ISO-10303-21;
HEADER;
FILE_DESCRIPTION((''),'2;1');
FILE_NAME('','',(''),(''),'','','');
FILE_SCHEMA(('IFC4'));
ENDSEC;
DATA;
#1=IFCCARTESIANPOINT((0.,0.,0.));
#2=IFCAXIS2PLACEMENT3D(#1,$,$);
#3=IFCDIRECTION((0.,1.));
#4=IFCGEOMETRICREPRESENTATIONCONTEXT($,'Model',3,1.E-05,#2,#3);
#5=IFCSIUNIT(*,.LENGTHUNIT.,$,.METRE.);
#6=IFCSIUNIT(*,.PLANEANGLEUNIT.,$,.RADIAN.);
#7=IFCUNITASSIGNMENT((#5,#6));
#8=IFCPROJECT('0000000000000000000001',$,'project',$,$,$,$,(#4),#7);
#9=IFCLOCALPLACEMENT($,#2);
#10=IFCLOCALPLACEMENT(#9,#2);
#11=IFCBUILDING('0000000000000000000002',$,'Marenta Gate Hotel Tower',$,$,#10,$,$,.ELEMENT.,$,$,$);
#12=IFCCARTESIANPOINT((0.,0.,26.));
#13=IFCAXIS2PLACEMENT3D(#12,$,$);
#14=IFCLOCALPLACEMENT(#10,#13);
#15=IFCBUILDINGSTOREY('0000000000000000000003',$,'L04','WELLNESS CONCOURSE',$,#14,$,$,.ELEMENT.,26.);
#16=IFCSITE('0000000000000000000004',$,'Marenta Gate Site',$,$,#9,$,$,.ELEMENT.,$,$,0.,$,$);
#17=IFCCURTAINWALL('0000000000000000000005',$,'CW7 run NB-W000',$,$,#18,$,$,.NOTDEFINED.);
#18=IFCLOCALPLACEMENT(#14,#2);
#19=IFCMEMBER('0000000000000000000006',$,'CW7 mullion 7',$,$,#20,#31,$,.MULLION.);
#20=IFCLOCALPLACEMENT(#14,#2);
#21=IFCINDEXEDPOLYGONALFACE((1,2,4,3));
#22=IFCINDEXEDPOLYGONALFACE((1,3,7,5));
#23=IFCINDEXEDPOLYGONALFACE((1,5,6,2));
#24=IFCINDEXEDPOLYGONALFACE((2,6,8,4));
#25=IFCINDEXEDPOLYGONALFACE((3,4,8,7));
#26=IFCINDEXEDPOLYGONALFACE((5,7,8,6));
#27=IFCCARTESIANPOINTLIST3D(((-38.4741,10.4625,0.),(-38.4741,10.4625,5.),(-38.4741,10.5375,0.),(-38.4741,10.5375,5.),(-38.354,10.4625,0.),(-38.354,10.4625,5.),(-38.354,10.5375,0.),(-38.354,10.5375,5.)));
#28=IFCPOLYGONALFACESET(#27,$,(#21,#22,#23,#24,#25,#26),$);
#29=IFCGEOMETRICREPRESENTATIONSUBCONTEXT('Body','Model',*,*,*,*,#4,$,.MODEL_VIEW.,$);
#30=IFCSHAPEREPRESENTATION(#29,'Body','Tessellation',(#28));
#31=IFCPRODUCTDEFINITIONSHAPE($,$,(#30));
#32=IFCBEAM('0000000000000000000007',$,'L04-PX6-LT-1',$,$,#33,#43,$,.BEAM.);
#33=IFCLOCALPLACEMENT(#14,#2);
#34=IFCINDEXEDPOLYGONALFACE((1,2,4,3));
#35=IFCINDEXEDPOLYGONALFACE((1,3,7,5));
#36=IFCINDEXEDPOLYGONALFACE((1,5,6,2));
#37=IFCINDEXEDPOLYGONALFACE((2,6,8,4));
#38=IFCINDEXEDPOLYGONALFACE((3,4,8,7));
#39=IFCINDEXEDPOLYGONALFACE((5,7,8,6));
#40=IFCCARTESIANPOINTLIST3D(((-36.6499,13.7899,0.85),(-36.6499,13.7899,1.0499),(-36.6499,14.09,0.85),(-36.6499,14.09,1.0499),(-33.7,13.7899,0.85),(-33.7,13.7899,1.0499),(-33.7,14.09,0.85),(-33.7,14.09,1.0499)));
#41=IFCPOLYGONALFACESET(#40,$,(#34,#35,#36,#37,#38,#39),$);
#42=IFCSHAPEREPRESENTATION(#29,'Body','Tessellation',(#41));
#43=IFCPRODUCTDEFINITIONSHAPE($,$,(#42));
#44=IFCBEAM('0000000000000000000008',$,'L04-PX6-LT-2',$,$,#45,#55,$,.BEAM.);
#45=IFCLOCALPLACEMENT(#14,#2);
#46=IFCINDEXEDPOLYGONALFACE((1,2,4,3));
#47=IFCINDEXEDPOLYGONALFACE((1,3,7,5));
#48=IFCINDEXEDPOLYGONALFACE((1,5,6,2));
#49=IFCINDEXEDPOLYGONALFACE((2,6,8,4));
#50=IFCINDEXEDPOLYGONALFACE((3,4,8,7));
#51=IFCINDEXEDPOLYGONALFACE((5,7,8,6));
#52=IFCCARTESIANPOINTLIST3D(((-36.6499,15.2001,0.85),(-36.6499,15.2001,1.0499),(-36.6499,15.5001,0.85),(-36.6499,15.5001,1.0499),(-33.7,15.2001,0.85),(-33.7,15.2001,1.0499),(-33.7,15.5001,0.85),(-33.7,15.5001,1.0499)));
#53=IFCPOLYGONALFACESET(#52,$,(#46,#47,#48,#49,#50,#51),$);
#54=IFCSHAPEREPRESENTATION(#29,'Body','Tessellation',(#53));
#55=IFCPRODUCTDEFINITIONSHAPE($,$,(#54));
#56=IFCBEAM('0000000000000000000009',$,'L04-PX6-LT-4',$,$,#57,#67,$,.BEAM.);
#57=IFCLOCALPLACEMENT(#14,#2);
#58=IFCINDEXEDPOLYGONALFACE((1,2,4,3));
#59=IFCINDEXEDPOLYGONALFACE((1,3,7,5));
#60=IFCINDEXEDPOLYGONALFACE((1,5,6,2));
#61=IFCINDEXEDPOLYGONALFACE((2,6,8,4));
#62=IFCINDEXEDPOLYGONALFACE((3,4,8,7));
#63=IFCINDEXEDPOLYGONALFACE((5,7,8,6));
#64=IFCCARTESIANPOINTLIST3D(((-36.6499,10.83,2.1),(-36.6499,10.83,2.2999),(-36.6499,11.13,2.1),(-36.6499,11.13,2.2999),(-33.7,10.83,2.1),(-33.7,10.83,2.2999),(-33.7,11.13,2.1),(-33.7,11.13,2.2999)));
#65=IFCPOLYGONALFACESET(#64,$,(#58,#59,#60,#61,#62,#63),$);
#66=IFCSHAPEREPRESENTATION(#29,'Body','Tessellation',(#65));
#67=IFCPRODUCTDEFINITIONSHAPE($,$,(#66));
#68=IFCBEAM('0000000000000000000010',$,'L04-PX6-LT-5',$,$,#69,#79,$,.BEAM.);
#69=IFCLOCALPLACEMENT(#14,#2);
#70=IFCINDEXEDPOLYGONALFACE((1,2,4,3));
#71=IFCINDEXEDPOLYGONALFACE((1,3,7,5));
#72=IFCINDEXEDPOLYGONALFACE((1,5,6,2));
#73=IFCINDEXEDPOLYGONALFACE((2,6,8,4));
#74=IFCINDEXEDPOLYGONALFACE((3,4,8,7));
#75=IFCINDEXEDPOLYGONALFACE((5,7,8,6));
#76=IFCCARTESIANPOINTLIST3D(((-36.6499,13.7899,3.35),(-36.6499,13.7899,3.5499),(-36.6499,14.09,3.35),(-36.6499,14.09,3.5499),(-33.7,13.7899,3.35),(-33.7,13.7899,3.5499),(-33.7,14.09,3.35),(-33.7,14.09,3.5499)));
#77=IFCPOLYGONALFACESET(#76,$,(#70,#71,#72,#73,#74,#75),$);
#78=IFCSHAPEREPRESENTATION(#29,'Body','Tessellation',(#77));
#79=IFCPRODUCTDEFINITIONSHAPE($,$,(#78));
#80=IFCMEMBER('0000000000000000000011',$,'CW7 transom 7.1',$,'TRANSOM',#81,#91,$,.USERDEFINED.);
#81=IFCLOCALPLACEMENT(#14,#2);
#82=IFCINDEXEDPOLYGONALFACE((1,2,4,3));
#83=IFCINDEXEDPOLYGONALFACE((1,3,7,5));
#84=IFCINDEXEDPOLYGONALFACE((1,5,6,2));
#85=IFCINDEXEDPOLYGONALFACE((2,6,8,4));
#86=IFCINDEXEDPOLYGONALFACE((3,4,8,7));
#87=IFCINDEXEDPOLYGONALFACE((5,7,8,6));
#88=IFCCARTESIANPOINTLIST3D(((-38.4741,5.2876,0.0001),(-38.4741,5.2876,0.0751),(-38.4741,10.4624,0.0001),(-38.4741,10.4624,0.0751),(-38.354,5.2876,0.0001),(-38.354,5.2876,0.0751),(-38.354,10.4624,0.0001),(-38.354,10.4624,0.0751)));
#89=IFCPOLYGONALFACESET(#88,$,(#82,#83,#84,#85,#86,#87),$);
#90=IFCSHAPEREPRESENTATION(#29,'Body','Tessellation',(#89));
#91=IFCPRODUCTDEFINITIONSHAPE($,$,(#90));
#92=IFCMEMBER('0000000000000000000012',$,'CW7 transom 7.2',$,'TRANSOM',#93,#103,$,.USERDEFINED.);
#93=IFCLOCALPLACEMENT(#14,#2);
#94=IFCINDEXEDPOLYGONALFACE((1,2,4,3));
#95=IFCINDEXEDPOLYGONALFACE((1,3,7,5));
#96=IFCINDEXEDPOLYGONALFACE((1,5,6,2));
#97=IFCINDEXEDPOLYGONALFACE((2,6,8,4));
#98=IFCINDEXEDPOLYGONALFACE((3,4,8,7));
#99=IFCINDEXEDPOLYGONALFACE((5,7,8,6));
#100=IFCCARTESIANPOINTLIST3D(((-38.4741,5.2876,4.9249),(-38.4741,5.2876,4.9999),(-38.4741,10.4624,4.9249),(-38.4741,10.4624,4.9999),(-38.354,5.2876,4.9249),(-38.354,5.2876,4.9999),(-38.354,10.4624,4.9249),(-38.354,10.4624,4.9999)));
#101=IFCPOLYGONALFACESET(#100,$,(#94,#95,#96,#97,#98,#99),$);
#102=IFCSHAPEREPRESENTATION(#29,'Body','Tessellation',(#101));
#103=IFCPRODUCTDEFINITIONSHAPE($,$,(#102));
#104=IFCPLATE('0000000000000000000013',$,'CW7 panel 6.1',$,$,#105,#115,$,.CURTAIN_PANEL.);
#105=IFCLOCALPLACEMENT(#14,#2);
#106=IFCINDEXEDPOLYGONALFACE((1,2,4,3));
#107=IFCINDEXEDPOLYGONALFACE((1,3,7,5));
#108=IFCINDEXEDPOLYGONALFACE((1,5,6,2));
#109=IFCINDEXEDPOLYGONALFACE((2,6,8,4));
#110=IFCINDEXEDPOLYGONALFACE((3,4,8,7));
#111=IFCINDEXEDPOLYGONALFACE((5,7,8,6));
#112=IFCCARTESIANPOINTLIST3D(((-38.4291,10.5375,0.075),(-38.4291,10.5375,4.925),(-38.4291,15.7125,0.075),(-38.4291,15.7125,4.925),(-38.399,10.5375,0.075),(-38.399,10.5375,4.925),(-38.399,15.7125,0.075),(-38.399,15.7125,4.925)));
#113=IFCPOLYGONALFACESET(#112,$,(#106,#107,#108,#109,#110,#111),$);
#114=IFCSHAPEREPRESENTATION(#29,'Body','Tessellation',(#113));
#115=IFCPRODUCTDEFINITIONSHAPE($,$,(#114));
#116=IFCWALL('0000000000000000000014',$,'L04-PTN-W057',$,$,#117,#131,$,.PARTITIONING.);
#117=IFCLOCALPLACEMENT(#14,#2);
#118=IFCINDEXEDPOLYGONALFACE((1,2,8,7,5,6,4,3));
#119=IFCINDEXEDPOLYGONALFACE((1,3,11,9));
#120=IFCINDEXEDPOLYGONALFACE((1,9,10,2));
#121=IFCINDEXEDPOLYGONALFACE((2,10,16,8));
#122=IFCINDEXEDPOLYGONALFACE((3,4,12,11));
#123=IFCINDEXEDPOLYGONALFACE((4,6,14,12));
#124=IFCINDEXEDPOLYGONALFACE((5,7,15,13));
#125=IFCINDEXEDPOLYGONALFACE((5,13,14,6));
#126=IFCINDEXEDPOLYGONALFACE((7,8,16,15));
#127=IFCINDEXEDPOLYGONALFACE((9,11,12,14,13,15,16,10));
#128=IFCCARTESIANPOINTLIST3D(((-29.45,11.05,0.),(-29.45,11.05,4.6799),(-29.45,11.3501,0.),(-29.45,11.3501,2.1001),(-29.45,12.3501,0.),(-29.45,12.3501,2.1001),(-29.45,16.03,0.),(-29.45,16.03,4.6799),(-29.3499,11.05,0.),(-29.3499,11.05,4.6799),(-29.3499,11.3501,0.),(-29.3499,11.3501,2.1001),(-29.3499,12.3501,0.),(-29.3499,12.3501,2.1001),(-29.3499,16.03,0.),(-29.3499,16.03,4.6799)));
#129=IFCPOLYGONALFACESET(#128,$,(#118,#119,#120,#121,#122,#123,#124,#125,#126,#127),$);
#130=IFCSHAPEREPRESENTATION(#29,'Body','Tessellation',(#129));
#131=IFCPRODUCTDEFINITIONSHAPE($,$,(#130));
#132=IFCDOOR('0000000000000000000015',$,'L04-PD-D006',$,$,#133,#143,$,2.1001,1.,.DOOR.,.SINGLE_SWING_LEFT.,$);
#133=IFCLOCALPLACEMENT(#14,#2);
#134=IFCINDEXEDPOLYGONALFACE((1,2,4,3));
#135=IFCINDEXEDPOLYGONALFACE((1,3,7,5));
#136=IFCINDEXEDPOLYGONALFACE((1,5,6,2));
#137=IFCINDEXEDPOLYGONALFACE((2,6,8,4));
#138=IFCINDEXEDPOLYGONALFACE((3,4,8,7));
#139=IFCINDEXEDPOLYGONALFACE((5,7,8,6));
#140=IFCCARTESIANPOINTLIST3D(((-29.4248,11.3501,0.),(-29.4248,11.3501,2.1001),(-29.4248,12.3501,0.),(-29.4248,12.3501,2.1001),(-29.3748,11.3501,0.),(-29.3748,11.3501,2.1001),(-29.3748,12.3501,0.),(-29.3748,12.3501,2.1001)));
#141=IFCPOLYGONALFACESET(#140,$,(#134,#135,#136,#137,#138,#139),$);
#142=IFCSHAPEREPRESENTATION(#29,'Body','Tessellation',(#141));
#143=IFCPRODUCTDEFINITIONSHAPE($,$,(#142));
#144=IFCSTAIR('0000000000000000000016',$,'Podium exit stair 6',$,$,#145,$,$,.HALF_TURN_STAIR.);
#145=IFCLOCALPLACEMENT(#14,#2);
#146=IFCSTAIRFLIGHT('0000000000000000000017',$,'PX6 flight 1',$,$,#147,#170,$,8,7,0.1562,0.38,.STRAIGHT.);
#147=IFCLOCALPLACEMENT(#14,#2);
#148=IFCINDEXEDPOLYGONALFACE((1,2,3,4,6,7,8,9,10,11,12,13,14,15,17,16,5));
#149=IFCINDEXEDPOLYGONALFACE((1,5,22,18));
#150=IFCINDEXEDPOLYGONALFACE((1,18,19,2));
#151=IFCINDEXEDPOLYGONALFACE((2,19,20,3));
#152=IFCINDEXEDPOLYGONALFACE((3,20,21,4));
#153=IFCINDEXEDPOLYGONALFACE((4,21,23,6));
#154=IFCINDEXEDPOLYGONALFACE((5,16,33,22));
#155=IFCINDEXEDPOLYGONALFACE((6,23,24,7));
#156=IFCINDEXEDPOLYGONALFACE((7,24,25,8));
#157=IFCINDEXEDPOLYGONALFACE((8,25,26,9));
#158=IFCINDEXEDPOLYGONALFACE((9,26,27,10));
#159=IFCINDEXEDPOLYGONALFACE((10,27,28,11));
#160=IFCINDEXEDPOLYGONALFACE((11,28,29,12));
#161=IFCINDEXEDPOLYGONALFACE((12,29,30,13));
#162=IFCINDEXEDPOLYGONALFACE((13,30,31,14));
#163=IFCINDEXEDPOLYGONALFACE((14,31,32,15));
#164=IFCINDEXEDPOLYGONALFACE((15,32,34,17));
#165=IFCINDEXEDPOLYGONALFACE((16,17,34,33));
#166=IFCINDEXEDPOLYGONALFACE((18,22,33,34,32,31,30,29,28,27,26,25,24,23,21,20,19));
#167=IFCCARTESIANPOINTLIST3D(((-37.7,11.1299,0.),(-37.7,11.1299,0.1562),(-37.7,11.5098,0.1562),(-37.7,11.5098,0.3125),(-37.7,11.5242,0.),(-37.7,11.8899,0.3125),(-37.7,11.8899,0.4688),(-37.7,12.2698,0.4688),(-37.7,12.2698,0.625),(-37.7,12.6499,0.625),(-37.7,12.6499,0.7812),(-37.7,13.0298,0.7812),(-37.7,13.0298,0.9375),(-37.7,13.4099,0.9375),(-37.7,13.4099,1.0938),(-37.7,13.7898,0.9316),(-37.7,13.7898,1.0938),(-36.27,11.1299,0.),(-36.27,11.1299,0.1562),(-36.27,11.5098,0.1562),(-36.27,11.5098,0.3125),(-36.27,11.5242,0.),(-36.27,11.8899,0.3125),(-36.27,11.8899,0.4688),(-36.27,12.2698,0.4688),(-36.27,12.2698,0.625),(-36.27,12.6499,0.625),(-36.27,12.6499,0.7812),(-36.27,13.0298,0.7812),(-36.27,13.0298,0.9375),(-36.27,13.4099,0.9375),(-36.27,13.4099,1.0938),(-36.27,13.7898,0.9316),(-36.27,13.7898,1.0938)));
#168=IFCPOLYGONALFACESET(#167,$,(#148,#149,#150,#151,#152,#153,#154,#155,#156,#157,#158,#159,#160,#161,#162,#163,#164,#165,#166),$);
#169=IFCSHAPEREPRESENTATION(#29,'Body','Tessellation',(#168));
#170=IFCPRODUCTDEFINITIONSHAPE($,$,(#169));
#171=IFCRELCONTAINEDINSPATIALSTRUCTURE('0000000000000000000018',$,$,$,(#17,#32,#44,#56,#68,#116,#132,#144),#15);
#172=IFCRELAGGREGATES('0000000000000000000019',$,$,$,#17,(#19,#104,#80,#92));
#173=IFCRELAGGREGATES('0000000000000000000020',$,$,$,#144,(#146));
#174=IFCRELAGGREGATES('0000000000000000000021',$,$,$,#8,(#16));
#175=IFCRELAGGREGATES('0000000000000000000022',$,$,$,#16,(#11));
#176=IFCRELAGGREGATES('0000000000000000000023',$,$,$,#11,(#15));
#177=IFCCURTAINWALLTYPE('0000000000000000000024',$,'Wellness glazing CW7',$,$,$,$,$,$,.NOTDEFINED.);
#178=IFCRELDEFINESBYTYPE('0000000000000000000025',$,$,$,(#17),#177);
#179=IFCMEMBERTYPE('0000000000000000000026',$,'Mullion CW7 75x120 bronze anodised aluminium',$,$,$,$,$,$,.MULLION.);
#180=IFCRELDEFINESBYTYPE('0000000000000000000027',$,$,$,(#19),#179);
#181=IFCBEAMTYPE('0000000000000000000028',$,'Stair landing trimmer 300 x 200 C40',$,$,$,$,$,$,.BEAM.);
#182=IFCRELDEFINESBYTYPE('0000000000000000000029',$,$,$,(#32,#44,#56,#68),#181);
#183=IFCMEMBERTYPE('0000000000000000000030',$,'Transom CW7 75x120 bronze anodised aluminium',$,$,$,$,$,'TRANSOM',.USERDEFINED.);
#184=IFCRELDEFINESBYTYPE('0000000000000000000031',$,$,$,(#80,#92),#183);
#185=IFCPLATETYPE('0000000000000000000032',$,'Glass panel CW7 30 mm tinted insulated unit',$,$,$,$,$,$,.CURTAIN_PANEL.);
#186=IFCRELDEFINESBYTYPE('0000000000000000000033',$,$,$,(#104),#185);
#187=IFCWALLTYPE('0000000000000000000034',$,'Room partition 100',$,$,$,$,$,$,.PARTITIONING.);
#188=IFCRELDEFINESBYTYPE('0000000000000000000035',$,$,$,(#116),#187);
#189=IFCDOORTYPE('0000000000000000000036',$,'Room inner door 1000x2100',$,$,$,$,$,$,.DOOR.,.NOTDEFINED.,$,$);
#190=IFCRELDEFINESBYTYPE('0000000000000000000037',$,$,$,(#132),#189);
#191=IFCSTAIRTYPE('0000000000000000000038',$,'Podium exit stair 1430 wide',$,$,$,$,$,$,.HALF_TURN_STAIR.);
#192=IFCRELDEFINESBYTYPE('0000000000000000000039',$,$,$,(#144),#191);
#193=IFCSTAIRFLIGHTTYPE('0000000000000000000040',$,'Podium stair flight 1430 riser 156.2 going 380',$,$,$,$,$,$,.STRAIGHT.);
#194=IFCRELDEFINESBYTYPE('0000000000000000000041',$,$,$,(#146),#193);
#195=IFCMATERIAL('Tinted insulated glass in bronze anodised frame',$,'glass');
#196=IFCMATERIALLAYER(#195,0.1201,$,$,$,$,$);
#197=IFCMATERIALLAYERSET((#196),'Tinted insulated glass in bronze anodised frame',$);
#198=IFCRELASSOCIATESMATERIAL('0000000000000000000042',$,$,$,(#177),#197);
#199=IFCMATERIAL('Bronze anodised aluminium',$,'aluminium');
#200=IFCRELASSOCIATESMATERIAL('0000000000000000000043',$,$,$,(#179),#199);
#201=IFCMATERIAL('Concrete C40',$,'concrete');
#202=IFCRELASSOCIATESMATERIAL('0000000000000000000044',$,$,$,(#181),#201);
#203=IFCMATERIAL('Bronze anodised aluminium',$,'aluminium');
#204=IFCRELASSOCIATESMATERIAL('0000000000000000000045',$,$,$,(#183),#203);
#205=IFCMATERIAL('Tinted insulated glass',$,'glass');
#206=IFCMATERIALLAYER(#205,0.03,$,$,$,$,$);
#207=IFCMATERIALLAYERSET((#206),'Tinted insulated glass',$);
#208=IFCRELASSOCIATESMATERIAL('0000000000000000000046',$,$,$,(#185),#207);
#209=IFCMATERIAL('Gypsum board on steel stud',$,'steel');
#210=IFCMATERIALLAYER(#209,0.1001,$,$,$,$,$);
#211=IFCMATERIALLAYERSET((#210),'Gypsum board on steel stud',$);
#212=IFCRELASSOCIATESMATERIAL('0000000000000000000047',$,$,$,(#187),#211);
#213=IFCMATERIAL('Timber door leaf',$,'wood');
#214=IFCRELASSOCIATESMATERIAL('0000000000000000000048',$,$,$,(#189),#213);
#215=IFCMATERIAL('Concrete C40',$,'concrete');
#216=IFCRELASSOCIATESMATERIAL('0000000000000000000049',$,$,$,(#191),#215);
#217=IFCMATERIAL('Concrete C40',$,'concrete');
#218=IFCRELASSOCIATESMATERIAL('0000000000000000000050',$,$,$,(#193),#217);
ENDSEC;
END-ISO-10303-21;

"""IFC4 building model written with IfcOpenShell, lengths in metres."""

from ifc_helpers import new_model, si_unit, direction, frame, frame_2d, origin, origin_2d, place, context, subcontext, project, spatial, polyline, rectangle, outline, extrude, material, layer, layer_set, material_profile, profile_set, type_object, element, fill, aggregate, save


model = new_model("IFC4")

# Units and contexts
model_context = context("Model", 3, precision=1e-05, world=origin(), true_north=direction((0.0, 1.0)))
body_context = subcontext(model_context, "Body", "Model", "MODEL_VIEW")
ifc_project = project(units=[si_unit("LENGTHUNIT", "METRE"), si_unit("PLANEANGLEUNIT", "RADIAN")], contexts=[model_context])

# Site, building, storey
site_placement = place(None, origin())
site = spatial("IfcSite", under=ifc_project, at=site_placement, Name="Marenta Gate Site", CompositionType="ELEMENT", RefElevation=0.0)
building_placement = place(site_placement, origin())
building = spatial("IfcBuilding", under=site, at=building_placement, Name="Marenta Gate Hotel Tower", CompositionType="ELEMENT")
storey_placement = place(building_placement, frame((0.0, 0.0, 26.0)))
storey = spatial("IfcBuildingStorey", under=building, at=storey_placement, Name="L04", Description="WELLNESS CONCOURSE", CompositionType="ELEMENT", Elevation=26.0)

# Curtain wall, member
ifc_material_1 = material(Name="Tinted insulated glass in bronze anodised frame", Category="glass")
ifc_layer_1 = layer(ifc_material_1, 0.1201)
ifc_layer_set_1 = layer_set([ifc_layer_1], Name="Tinted insulated glass in bronze anodised frame")
curtain_wall_type = type_object("IfcCurtainWallType", Name="Wellness glazing CW7", PredefinedType="NOTDEFINED", material=ifc_layer_set_1)
curtain_wall_placement = place(storey_placement, origin())
curtain_wall = element("IfcCurtainWall", 1, at=curtain_wall_placement, inside=storey, type_object=curtain_wall_type, Name="CW7 run NB-W000", PredefinedType="NOTDEFINED")
ifc_material_2 = material(Name="Bronze anodised aluminium", Category="aluminium")
ifc_material_profile_1 = material_profile(ifc_material_2, rectangle(XDim=0.1201, YDim=0.075, at=origin_2d()), Name="Mullion CW7 75x120 bronze anodised aluminium")
ifc_profile_set_1 = profile_set([ifc_material_profile_1], Name="Bronze anodised aluminium")
member_type_1 = type_object("IfcMemberType", Name="Mullion CW7 75x120 bronze anodised aluminium", PredefinedType="MULLION", material=ifc_profile_set_1)
member_1_placement = place(storey_placement, frame((-38.4141, 10.5, 0.0), z_axis=(0.0, 0.0, 1.0), x_axis=(1.0, 0.0, 0.0)))
member_1 = element("IfcMember", 2, at=member_1_placement, type_object=member_type_1, Name="CW7 mullion 7", PredefinedType="MULLION", context=body_context, shape_type="SweptSolid", body=[
    extrude(rectangle(XDim=0.1201, YDim=0.075, at=origin_2d()), origin(), (0.0, 0.0, 1.0), 5.0),
])

# Beams
ifc_material_3 = material(Name="Concrete C40", Category="concrete")
ifc_material_profile_2 = material_profile(ifc_material_3, rectangle(XDim=0.3, YDim=0.2, at=origin_2d()), Name="300 x 200")
ifc_profile_set_2 = profile_set([ifc_material_profile_2], Name="Concrete C40")
beam_type = type_object("IfcBeamType", Name="Stair landing trimmer 300 x 200 C40", PredefinedType="BEAM", material=ifc_profile_set_2)
for number, where, z_axis, x_axis, name in (
    (3, (-36.6499, 13.9399, 0.95), (1.0, 0.0, 0.0), (0.0, 1.0, 0.0), "L04-PX6-LT-1"),
    (4, (-36.6499, 15.3501, 0.95), (1.0, 0.0, 0.0), (0.0, 1.0, 0.0), "L04-PX6-LT-2"),
    (5, (-36.6499, 10.98, 2.2), (1.0, 0.0, 0.0), (0.0, 1.0, 0.0), "L04-PX6-LT-4"),
    (6, (-36.6499, 13.9399, 3.45), (1.0, 0.0, 0.0), (0.0, 1.0, 0.0), "L04-PX6-LT-5"),
):
    element("IfcBeam", number, at=place(storey_placement, frame(where, z_axis=z_axis, x_axis=x_axis)), inside=storey, type_object=beam_type, Name=name, PredefinedType="BEAM", context=body_context, shape_type="SweptSolid", body=[
        extrude(rectangle(XDim=0.3, YDim=0.2, at=origin_2d()), origin(), (0.0, 0.0, 1.0), 2.95),
    ])

# Members
ifc_material_4 = material(Name="Bronze anodised aluminium", Category="aluminium")
ifc_material_profile_3 = material_profile(ifc_material_4, rectangle(XDim=0.1201, YDim=0.075, at=origin_2d()), Name="Transom CW7 75x120 bronze anodised aluminium")
ifc_profile_set_3 = profile_set([ifc_material_profile_3], Name="Bronze anodised aluminium")
member_type_2 = type_object("IfcMemberType", Name="Transom CW7 75x120 bronze anodised aluminium", ElementType="TRANSOM", PredefinedType="USERDEFINED", material=ifc_profile_set_3)
member_2_placement = place(storey_placement, frame((-38.4141, 10.4624, 0.0376), z_axis=(0.0, -1.0, 0.0), x_axis=(1.0, 0.0, 0.0)))
member_2 = element("IfcMember", 7, at=member_2_placement, type_object=member_type_2, Name="CW7 transom 7.1", ObjectType="TRANSOM", PredefinedType="USERDEFINED", context=body_context, shape_type="SweptSolid", body=[
    extrude(rectangle(XDim=0.1201, YDim=0.075, at=origin_2d()), origin(), (0.0, 0.0, 1.0), 5.1748),
])
member_3_placement = place(storey_placement, frame((-38.4141, 10.4624, 4.9624), z_axis=(0.0, -1.0, 0.0), x_axis=(1.0, 0.0, 0.0)))
member_3 = element("IfcMember", 8, at=member_3_placement, type_object=member_type_2, Name="CW7 transom 7.2", ObjectType="TRANSOM", PredefinedType="USERDEFINED", context=body_context, shape_type="SweptSolid", body=[
    extrude(rectangle(XDim=0.1201, YDim=0.075, at=origin_2d()), origin(), (0.0, 0.0, 1.0), 5.1748),
])

# Plate
ifc_material_5 = material(Name="Tinted insulated glass", Category="glass")
ifc_layer_2 = layer(ifc_material_5, 0.03)
ifc_layer_set_2 = layer_set([ifc_layer_2], Name="Tinted insulated glass")
plate_type = type_object("IfcPlateType", Name="Glass panel CW7 30 mm tinted insulated unit", PredefinedType="CURTAIN_PANEL", material=ifc_layer_set_2)
plate_placement = place(storey_placement, frame((-38.4141, 13.125, 0.075), z_axis=(0.0, 0.0, 1.0), x_axis=(0.0, -1.0, 0.0)))
plate = element("IfcPlate", 9, at=plate_placement, type_object=plate_type, Name="CW7 panel 6.1", PredefinedType="CURTAIN_PANEL", context=body_context, shape_type="SweptSolid", body=[
    extrude(rectangle(XDim=5.175, YDim=0.03, at=origin_2d()), origin(), (0.0, 0.0, 1.0), 4.8501),
])
aggregate(curtain_wall, [member_1, plate, member_2, member_3])

# Wall, opening, door
ifc_material_6 = material(Name="Gypsum board on steel stud", Category="steel")
ifc_layer_3 = layer(ifc_material_6, 0.1001)
ifc_layer_set_3 = layer_set([ifc_layer_3], Name="Gypsum board on steel stud")
wall_type = type_object("IfcWallType", Name="Room partition 100", PredefinedType="PARTITIONING", material=ifc_layer_set_3)
wall_placement = place(storey_placement, frame((-29.3999, 11.05, 0.0), z_axis=(0.0, 0.0, 1.0), x_axis=(0.0, 1.0, 0.0)))
wall = element("IfcWall", 10, at=wall_placement, inside=storey, type_object=wall_type, Name="L04-PTN-W057", PredefinedType="PARTITIONING", context=body_context, shape_type="SweptSolid", body=[
    extrude(rectangle(XDim=4.98, YDim=0.1001, at=frame_2d((2.49, 0.0))), origin(), (0.0, 0.0, 1.0), 4.6799),
])
opening_placement = place(wall_placement, frame((0.3, 0.0, 0.0)))
opening = element("IfcOpeningElement", 11, at=opening_placement, cuts=wall, PredefinedType="OPENING", context=body_context, shape_type="SweptSolid", body=[
    extrude(rectangle(XDim=1.0, YDim=2.1001, at=frame_2d((0.5, 1.05))), frame((0.0, 0.05, 0.0), z_axis=(0.0, -1.0, 0.0), x_axis=(1.0, 0.0, 0.0)), (0.0, 0.0, 1.0), 0.1001),
])
ifc_material_7 = material(Name="Timber door leaf", Category="wood")
door_type = type_object("IfcDoorType", Name="Room inner door 1000x2100", OperationType="NOTDEFINED", PredefinedType="DOOR", material=ifc_material_7)
door_placement = place(opening_placement, origin())
door = element("IfcDoor", 12, at=door_placement, inside=storey, type_object=door_type, Name="L04-PD-D006", OperationType="SINGLE_SWING_LEFT", OverallHeight=2.1001, OverallWidth=1.0, PredefinedType="DOOR", context=body_context, shape_type="SweptSolid", body=[
    extrude(rectangle(XDim=1.0, YDim=2.1001, at=frame_2d((0.5, 1.05))), frame((0.0, 0.0249, 0.0), z_axis=(0.0, -1.0, 0.0), x_axis=(1.0, 0.0, 0.0)), (0.0, 0.0, 1.0), 0.05),
])
fill(opening, door)

# Stair, stair flight
ifc_material_8 = material(Name="Concrete C40", Category="concrete")
stair_type = type_object("IfcStairType", Name="Podium exit stair 1430 wide", PredefinedType="HALF_TURN_STAIR", material=ifc_material_8)
stair_placement = place(storey_placement, origin())
stair = element("IfcStair", 13, at=stair_placement, inside=storey, type_object=stair_type, Name="Podium exit stair 6", PredefinedType="HALF_TURN_STAIR")
ifc_material_9 = material(Name="Concrete C40", Category="concrete")
stair_flight_type = type_object("IfcStairFlightType", Name="Podium stair flight 1430 riser 156.2 going 380", PredefinedType="STRAIGHT", material=ifc_material_9)
stair_flight_1_placement = place(storey_placement, frame((-36.9851, 11.1299, 0.0), z_axis=(0.0, 0.0, 1.0), x_axis=(0.0, 1.0, 0.0)))
stair_flight_1 = element("IfcStairFlight", 14, at=stair_flight_1_placement, type_object=stair_flight_type, Name="PX6 flight 1", NumberOfRisers=8, NumberOfTreads=7, PredefinedType="STRAIGHT", RiserHeight=0.1562, TreadLength=0.38, context=body_context, shape_type="SweptSolid", body=[
    extrude(outline(polyline([(0.0, 0.0), (0.0, 0.1562), (0.3799, 0.1562), (0.3799, 0.3125), (0.76, 0.3125), (0.76, 0.4688), (1.1399, 0.4688), (1.1399, 0.625), (1.52, 0.625), (1.52, 0.7812), (1.8999, 0.7812), (1.8999, 0.9375), (2.28, 0.9375), (2.28, 1.0938), (2.6599, 1.0938), (2.6599, 1.25), (2.6599, 0.9316), (0.3943, 0.0), (0.0, 0.0)])), frame((0.0, 0.7148, 0.0), z_axis=(0.0, -1.0, 0.0), x_axis=(1.0, 0.0, 0.0)), (0.0, 0.0, 1.0), 1.4299),
])
aggregate(stair, [stair_flight_1])

save(model, "model.ifc")
